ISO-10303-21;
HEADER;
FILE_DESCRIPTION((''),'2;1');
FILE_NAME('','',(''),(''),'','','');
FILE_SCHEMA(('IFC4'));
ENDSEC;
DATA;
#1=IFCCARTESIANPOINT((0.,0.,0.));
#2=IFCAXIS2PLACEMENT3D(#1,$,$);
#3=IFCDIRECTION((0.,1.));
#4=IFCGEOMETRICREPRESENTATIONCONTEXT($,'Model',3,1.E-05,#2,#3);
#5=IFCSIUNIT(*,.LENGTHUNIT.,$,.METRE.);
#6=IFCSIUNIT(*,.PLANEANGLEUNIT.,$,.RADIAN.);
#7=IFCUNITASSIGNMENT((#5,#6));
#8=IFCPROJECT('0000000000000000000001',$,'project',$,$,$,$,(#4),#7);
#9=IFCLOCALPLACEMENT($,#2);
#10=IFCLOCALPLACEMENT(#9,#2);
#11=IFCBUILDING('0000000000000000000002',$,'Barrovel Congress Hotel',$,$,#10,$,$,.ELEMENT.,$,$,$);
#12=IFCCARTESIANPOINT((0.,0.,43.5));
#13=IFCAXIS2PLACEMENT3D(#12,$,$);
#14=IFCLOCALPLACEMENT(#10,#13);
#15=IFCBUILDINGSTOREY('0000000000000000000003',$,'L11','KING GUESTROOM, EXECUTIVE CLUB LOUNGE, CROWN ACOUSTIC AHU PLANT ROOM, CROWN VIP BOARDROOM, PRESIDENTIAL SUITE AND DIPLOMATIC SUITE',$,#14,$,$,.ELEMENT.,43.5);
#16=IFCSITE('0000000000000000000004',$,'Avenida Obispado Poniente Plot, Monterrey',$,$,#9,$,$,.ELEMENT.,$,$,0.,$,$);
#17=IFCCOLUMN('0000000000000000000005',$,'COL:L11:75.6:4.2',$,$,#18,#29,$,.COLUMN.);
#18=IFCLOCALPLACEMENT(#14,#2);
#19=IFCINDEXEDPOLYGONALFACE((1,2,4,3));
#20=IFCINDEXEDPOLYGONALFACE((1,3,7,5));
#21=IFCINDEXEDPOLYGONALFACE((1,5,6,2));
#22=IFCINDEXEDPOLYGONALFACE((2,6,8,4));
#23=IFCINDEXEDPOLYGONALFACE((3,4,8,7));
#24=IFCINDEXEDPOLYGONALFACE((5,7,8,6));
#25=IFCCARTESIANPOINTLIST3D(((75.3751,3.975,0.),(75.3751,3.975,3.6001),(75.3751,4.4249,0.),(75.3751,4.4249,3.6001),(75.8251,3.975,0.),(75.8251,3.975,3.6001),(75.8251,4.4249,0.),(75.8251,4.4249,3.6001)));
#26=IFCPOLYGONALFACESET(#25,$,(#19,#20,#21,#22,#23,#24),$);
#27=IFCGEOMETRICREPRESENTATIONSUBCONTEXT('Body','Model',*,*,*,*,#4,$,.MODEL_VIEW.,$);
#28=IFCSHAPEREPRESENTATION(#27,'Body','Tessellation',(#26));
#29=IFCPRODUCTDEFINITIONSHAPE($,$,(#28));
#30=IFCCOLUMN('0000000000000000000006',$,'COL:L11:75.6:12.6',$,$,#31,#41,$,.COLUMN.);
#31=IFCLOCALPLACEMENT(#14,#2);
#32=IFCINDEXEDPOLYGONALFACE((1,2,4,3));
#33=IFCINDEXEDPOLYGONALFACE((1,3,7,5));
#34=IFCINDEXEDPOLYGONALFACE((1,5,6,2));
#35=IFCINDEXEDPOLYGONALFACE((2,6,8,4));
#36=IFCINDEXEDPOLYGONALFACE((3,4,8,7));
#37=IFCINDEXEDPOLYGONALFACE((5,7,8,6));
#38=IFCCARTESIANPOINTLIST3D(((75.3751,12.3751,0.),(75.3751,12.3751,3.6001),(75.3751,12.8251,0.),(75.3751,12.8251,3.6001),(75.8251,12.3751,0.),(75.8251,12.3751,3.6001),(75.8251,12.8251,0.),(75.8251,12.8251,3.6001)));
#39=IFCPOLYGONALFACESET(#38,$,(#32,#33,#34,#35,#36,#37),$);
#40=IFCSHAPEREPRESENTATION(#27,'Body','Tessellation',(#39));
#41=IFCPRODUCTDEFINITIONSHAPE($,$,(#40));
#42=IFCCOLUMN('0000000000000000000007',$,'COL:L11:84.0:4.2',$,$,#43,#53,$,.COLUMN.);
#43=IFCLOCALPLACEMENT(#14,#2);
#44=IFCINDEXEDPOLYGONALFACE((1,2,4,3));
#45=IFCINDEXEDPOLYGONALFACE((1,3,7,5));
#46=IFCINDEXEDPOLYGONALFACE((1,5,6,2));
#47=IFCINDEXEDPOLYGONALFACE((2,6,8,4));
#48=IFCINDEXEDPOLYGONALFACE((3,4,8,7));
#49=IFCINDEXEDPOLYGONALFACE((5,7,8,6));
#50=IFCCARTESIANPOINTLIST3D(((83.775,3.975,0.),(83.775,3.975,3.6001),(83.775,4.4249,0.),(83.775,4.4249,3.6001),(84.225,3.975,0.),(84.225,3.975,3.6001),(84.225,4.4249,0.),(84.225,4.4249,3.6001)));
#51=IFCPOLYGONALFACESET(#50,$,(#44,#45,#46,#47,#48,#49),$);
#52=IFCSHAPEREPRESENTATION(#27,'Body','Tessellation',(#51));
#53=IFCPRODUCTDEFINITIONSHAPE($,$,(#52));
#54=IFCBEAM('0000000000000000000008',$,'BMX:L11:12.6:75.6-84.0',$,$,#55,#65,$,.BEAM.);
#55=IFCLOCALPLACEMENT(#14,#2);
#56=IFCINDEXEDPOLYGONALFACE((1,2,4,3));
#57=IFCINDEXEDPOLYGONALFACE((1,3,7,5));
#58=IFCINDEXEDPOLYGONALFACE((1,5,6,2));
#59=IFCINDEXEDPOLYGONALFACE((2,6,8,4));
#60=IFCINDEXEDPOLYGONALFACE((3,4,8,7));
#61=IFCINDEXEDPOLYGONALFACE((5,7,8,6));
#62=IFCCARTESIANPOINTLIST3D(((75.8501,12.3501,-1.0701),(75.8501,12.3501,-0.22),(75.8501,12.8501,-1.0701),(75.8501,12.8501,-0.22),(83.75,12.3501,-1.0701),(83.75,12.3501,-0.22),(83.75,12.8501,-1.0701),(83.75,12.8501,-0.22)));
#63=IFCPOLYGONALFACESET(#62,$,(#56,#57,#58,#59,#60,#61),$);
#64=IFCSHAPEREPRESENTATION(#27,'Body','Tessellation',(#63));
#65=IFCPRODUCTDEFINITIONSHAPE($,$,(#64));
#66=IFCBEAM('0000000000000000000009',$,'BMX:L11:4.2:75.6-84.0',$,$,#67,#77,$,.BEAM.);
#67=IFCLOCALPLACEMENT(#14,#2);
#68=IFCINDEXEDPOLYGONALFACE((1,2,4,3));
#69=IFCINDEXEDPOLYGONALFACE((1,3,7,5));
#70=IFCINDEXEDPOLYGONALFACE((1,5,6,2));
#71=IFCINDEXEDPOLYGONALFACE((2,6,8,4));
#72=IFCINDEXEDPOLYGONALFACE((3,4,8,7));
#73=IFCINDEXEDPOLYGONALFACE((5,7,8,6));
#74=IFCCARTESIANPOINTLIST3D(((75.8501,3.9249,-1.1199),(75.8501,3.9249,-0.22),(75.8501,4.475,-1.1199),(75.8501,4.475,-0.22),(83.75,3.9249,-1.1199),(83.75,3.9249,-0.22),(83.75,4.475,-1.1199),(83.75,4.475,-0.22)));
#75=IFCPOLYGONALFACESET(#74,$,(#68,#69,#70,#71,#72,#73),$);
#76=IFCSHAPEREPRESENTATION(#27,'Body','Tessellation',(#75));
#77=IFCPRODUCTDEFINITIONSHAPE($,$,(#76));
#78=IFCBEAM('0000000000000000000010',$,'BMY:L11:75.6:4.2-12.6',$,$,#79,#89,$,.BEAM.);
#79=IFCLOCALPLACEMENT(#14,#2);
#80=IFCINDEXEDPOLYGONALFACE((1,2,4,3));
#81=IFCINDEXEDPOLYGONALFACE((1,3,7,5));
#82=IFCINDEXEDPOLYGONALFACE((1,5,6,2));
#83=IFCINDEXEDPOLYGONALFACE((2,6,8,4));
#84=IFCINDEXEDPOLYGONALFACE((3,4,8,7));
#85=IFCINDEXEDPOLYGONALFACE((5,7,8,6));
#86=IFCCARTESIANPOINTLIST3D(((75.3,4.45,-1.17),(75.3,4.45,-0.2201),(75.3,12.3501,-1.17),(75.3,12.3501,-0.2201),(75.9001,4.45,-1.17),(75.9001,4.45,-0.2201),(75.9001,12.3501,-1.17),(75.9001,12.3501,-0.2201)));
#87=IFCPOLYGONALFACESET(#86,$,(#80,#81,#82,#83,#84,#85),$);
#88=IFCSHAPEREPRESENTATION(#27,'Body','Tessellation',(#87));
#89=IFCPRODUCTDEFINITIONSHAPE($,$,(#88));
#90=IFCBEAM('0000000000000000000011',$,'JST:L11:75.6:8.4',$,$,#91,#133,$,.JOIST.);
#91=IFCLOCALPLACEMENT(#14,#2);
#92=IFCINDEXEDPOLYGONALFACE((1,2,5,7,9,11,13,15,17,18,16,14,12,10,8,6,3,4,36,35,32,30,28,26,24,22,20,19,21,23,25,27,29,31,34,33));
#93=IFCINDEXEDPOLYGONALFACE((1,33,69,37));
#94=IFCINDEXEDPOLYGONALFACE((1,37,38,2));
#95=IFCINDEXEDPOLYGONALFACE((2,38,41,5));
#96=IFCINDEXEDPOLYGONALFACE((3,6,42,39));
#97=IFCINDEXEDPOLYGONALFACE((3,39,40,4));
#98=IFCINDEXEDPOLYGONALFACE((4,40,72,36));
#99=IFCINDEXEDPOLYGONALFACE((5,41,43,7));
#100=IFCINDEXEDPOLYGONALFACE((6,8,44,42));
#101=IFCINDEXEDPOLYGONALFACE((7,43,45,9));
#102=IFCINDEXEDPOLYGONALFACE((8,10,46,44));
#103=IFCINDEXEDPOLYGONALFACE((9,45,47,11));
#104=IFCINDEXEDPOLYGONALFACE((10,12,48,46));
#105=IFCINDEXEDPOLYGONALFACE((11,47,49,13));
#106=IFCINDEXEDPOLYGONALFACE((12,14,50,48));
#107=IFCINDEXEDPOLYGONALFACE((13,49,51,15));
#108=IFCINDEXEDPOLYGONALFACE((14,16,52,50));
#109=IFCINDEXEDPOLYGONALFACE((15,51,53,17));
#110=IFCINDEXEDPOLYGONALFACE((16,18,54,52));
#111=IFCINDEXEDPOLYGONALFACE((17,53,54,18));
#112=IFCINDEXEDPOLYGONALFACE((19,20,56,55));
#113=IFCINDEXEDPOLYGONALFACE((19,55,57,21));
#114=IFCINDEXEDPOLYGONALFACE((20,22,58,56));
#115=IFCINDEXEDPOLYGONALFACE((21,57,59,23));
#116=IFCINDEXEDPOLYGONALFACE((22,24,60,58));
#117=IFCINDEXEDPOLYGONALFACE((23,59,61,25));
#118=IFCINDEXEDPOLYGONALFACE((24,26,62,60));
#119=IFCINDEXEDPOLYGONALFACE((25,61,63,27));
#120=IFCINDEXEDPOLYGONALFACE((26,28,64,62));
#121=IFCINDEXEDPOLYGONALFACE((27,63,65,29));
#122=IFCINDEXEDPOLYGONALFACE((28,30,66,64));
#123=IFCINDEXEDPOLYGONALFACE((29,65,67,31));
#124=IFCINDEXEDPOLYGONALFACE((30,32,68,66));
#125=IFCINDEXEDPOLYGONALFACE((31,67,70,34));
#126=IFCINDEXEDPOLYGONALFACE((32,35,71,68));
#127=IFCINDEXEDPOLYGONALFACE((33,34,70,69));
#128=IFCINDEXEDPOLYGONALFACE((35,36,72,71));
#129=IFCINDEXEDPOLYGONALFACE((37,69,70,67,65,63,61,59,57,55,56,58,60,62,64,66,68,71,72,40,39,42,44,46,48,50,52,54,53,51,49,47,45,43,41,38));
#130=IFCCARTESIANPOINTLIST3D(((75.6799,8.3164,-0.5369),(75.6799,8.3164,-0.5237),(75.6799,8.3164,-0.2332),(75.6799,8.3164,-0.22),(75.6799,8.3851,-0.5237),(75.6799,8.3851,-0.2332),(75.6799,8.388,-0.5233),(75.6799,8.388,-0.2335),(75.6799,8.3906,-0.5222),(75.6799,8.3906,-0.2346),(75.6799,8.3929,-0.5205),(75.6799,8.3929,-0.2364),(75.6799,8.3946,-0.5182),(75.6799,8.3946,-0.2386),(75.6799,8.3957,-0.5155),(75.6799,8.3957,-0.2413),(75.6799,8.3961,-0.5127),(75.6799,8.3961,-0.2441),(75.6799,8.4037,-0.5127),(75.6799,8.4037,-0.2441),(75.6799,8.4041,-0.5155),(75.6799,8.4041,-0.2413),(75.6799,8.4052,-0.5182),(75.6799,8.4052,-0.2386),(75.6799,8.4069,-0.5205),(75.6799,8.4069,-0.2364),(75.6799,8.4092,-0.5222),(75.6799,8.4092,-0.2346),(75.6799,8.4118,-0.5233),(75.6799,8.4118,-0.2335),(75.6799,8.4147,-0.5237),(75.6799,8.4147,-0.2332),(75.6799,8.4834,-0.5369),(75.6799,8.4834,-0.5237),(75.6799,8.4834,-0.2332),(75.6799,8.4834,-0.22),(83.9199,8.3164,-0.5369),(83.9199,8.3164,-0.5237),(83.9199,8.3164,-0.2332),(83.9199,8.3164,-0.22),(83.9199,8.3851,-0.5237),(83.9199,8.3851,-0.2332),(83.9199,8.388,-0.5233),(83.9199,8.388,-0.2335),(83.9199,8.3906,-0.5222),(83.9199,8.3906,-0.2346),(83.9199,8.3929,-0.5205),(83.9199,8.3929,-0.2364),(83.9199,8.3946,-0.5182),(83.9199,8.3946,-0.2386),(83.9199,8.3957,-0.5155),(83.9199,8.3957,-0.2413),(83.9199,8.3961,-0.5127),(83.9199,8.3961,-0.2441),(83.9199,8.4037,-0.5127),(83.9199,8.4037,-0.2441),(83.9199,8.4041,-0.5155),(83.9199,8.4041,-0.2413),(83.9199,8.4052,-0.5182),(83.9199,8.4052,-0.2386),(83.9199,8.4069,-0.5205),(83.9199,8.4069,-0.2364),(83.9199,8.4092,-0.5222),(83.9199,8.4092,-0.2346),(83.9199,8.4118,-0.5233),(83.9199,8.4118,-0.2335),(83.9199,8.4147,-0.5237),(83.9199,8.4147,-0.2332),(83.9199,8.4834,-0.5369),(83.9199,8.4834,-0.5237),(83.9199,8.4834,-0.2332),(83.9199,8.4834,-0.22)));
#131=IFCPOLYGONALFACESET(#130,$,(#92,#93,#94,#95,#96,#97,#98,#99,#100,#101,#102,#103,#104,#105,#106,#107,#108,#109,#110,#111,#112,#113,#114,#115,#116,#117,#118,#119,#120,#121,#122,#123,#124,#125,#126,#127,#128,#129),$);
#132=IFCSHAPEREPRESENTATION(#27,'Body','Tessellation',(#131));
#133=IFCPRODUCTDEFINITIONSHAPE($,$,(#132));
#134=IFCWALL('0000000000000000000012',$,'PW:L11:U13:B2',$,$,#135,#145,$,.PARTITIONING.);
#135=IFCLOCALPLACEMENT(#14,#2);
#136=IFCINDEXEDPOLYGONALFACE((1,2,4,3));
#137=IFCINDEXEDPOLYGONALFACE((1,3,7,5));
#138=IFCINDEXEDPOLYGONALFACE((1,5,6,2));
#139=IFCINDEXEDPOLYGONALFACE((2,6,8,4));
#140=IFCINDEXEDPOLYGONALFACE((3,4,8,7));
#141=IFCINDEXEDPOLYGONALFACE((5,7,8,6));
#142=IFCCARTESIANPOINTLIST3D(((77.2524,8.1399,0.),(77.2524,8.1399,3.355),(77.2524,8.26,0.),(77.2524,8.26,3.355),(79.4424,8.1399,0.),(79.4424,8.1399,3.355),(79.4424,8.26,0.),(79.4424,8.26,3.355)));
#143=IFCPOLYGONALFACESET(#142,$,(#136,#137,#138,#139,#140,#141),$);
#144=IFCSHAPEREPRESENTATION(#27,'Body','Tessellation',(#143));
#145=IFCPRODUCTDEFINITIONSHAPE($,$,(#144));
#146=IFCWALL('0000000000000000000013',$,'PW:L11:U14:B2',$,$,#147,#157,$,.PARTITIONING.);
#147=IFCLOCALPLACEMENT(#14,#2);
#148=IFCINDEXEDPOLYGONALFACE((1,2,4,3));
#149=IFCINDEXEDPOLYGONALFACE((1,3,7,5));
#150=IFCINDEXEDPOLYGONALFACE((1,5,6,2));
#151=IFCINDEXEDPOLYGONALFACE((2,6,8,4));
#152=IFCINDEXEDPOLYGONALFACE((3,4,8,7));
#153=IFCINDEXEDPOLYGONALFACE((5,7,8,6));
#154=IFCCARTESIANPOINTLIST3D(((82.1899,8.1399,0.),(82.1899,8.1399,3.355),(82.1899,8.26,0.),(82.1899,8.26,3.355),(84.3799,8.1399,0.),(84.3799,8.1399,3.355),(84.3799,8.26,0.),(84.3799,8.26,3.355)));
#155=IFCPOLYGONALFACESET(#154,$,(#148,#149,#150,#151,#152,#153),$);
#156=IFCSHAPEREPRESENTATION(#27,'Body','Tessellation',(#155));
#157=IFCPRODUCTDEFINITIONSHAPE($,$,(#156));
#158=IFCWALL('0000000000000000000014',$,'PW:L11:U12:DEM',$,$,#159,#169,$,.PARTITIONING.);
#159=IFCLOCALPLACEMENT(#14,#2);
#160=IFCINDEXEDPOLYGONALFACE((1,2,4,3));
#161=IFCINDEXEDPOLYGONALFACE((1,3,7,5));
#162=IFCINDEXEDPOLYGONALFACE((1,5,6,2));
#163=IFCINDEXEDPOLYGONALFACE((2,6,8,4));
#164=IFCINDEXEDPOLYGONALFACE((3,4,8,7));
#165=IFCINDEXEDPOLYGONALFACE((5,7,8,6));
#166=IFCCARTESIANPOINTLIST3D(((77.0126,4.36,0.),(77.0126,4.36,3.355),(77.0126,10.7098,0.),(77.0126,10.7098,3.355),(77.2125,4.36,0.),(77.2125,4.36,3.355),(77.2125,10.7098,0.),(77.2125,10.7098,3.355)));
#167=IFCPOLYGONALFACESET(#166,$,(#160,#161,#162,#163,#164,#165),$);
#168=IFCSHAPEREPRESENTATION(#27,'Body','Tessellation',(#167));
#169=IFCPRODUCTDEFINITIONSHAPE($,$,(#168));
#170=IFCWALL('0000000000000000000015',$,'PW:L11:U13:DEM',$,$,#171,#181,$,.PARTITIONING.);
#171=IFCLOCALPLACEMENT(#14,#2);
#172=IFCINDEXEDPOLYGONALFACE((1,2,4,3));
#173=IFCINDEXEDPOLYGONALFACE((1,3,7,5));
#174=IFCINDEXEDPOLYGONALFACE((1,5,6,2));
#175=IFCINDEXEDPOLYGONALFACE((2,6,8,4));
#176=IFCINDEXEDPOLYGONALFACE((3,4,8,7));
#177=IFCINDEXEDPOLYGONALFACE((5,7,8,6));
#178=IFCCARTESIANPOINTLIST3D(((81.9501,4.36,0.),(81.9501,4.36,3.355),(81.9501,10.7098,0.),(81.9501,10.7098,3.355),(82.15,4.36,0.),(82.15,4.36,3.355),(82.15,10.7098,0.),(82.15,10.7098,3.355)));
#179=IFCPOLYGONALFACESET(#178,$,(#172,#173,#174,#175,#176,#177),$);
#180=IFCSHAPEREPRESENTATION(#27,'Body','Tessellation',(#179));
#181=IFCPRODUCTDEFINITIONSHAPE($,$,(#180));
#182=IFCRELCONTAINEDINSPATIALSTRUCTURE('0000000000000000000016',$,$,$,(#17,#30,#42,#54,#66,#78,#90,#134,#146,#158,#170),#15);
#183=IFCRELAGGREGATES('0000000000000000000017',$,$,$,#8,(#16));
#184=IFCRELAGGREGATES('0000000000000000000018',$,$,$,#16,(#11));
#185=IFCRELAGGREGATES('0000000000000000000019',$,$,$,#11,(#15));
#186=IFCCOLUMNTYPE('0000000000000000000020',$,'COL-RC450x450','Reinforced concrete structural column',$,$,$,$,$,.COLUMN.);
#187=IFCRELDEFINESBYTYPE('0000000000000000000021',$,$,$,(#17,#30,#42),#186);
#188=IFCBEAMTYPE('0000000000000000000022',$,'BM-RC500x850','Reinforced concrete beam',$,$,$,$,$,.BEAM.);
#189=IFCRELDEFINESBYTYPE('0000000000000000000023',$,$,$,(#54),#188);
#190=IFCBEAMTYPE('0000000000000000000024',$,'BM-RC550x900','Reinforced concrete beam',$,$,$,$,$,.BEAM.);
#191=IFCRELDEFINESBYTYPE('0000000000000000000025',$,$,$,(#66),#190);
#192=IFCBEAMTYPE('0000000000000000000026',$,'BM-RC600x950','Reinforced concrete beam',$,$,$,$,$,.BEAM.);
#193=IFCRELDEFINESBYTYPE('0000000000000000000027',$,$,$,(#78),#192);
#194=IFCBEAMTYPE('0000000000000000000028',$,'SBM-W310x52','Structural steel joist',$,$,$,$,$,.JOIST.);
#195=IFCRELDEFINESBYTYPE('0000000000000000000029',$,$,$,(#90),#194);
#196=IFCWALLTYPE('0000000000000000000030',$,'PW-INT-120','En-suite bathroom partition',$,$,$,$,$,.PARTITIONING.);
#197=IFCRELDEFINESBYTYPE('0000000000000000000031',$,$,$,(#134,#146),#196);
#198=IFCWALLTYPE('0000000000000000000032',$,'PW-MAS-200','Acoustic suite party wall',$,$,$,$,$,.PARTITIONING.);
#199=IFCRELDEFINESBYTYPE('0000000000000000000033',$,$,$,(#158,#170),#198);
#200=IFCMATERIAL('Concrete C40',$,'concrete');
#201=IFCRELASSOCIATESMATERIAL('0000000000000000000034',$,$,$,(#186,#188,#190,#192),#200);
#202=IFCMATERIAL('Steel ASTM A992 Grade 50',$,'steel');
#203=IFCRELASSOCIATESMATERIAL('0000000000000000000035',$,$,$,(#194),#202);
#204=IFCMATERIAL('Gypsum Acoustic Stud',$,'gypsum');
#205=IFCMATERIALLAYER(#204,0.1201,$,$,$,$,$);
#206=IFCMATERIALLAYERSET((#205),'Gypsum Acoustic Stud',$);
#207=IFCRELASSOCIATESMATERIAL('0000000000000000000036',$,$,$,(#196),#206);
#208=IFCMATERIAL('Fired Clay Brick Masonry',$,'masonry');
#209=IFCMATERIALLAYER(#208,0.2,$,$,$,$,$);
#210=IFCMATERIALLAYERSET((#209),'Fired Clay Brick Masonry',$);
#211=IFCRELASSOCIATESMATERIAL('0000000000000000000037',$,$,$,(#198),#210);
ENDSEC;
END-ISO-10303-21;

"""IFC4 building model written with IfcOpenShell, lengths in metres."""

from ifc_helpers import new_model, si_unit, direction, frame, frame_2d, origin, origin_2d, place, context, subcontext, project, spatial, rectangle, i_section, extrude, material, layer, layer_set, material_profile, profile_set, type_object, element, save


model = new_model("IFC4")

# Units and contexts
model_context = context("Model", 3, precision=1e-05, world=origin(), true_north=direction((0.0, 1.0)))
body_context = subcontext(model_context, "Body", "Model", "MODEL_VIEW")
ifc_project = project(units=[si_unit("LENGTHUNIT", "METRE"), si_unit("PLANEANGLEUNIT", "RADIAN")], contexts=[model_context])

# Site, building, storey
site_placement = place(None, origin())
site = spatial("IfcSite", under=ifc_project, at=site_placement, Name="Avenida Obispado Poniente Plot, Monterrey", CompositionType="ELEMENT", RefElevation=0.0)
building_placement = place(site_placement, origin())
building = spatial("IfcBuilding", under=site, at=building_placement, Name="Barrovel Congress Hotel", CompositionType="ELEMENT")
storey_placement = place(building_placement, frame((0.0, 0.0, 43.5)))
storey = spatial("IfcBuildingStorey", under=building, at=storey_placement, Name="L11", Description="KING GUESTROOM, EXECUTIVE CLUB LOUNGE, CROWN ACOUSTIC AHU PLANT ROOM, CROWN VIP BOARDROOM, PRESIDENTIAL SUITE AND DIPLOMATIC SUITE", CompositionType="ELEMENT", Elevation=43.5)

# Columns
ifc_material_1 = material(Name="Concrete C40", Category="concrete")
ifc_material_profile_1 = material_profile(ifc_material_1, rectangle(XDim=0.45, YDim=0.45, at=origin_2d()), Name="RC450x450")
ifc_profile_set_1 = profile_set([ifc_material_profile_1], Name="Concrete C40")
column_type = type_object("IfcColumnType", Name="COL-RC450x450", Description="Reinforced concrete structural column", PredefinedType="COLUMN", material=ifc_profile_set_1)
for number, where, z_axis, x_axis, name in (
    (1, (75.6001, 4.2, 0.0), (0.0, 0.0, 1.0), (1.0, 0.0, 0.0), "COL:L11:75.6:4.2"),
    (2, (75.6001, 12.6001, 0.0), (0.0, 0.0, 1.0), (1.0, 0.0, 0.0), "COL:L11:75.6:12.6"),
    (3, (84.0, 4.2, 0.0), (0.0, 0.0, 1.0), (1.0, 0.0, 0.0), "COL:L11:84.0:4.2"),
):
    element("IfcColumn", number, at=place(storey_placement, frame(where, z_axis=z_axis, x_axis=x_axis)), inside=storey, type_object=column_type, Name=name, PredefinedType="COLUMN", context=body_context, shape_type="SweptSolid", body=[
        extrude(rectangle(XDim=0.45, YDim=0.45, at=origin_2d()), origin(), (0.0, 0.0, 1.0), 3.6001),
    ])

# Beams
ifc_material_profile_2 = material_profile(ifc_material_1, rectangle(XDim=0.5, YDim=0.8501, at=origin_2d()), Name="RC500x850")
ifc_profile_set_2 = profile_set([ifc_material_profile_2], Name="Concrete C40")
beam_type_1 = type_object("IfcBeamType", Name="BM-RC500x850", Description="Reinforced concrete beam", PredefinedType="BEAM", material=ifc_profile_set_2)
beam_1_placement = place(storey_placement, frame((75.8501, 12.6001, -0.645), z_axis=(1.0, 0.0, 0.0), x_axis=(0.0, 1.0, 0.0)))
element("IfcBeam", 4, at=beam_1_placement, inside=storey, type_object=beam_type_1, Name="BMX:L11:12.6:75.6-84.0", PredefinedType="BEAM", context=body_context, shape_type="SweptSolid", body=[
    extrude(rectangle(XDim=0.5, YDim=0.8501, at=origin_2d()), origin(), (0.0, 0.0, 1.0), 7.8999),
])
ifc_material_profile_3 = material_profile(ifc_material_1, rectangle(XDim=0.55, YDim=0.8999, at=origin_2d()), Name="RC550x900")
ifc_profile_set_3 = profile_set([ifc_material_profile_3], Name="Concrete C40")
beam_type_2 = type_object("IfcBeamType", Name="BM-RC550x900", Description="Reinforced concrete beam", PredefinedType="BEAM", material=ifc_profile_set_3)
beam_2_placement = place(storey_placement, frame((75.8501, 4.2, -0.6699), z_axis=(1.0, 0.0, 0.0), x_axis=(0.0, 1.0, 0.0)))
element("IfcBeam", 5, at=beam_2_placement, inside=storey, type_object=beam_type_2, Name="BMX:L11:4.2:75.6-84.0", PredefinedType="BEAM", context=body_context, shape_type="SweptSolid", body=[
    extrude(rectangle(XDim=0.55, YDim=0.8999, at=origin_2d()), origin(), (0.0, 0.0, 1.0), 7.8999),
])
ifc_material_profile_4 = material_profile(ifc_material_1, rectangle(XDim=0.6001, YDim=0.95, at=origin_2d()), Name="RC600x950")
ifc_profile_set_4 = profile_set([ifc_material_profile_4], Name="Concrete C40")
beam_type_3 = type_object("IfcBeamType", Name="BM-RC600x950", Description="Reinforced concrete beam", PredefinedType="BEAM", material=ifc_profile_set_4)
beam_3_placement = place(storey_placement, frame((75.6001, 4.45, -0.6951), z_axis=(0.0, 1.0, 0.0), x_axis=(-1.0, 0.0, 0.0)))
element("IfcBeam", 6, at=beam_3_placement, inside=storey, type_object=beam_type_3, Name="BMY:L11:75.6:4.2-12.6", PredefinedType="BEAM", context=body_context, shape_type="SweptSolid", body=[
    extrude(rectangle(XDim=0.6001, YDim=0.95, at=origin_2d()), origin(), (0.0, 0.0, 1.0), 7.9001),
])
ifc_material_2 = material(Name="Steel ASTM A992 Grade 50", Category="steel")
ifc_material_profile_5 = material_profile(ifc_material_2, i_section(OverallWidth=0.167, OverallDepth=0.3169, WebThickness=0.0076, FlangeThickness=0.0132, FilletRadius=0.011, at=origin_2d()), Name="W310x52")
ifc_profile_set_5 = profile_set([ifc_material_profile_5], Name="Steel ASTM A992 Grade 50")
beam_type_4 = type_object("IfcBeamType", Name="SBM-W310x52", Description="Structural steel joist", PredefinedType="JOIST", material=ifc_profile_set_5)
beam_4_placement = place(storey_placement, frame((75.6799, 8.3999, -0.3784), z_axis=(1.0, 0.0, 0.0), x_axis=(0.0, 1.0, 0.0)))
element("IfcBeam", 7, at=beam_4_placement, inside=storey, type_object=beam_type_4, Name="JST:L11:75.6:8.4", PredefinedType="JOIST", context=body_context, shape_type="SweptSolid", body=[
    extrude(i_section(OverallWidth=0.167, OverallDepth=0.3169, WebThickness=0.0076, FlangeThickness=0.0132, FilletRadius=0.011, at=origin_2d()), origin(), (0.0, 0.0, 1.0), 8.24),
])

# Shared definitions
ifc_material_3 = material(Name="Gypsum Acoustic Stud", Category="gypsum")

# Walls
ifc_layer_1 = layer(ifc_material_3, 0.1201)
ifc_layer_set_1 = layer_set([ifc_layer_1], Name="Gypsum Acoustic Stud")
wall_type_1 = type_object("IfcWallType", Name="PW-INT-120", Description="En-suite bathroom partition", PredefinedType="PARTITIONING", material=ifc_layer_set_1)
for number, where, z_axis, x_axis, name in (
    (8, (77.2524, 8.2, 0.0), (0.0, 0.0, 1.0), (1.0, 0.0, 0.0), "PW:L11:U13:B2"),
    (9, (82.1899, 8.2, 0.0), (0.0, 0.0, 1.0), (1.0, 0.0, 0.0), "PW:L11:U14:B2"),
):
    element("IfcWall", number, at=place(storey_placement, frame(where, z_axis=z_axis, x_axis=x_axis)), inside=storey, type_object=wall_type_1, Name=name, PredefinedType="PARTITIONING", context=body_context, shape_type="SweptSolid", body=[
        extrude(rectangle(XDim=2.1899, YDim=0.1201, at=frame_2d((1.095, 0.0))), origin(), (0.0, 0.0, 1.0), 3.355),
    ])
ifc_material_4 = material(Name="Fired Clay Brick Masonry", Category="masonry")
ifc_layer_2 = layer(ifc_material_4, 0.2)
ifc_layer_set_2 = layer_set([ifc_layer_2], Name="Fired Clay Brick Masonry")
wall_type_2 = type_object("IfcWallType", Name="PW-MAS-200", Description="Acoustic suite party wall", PredefinedType="PARTITIONING", material=ifc_layer_set_2)
for number, where, z_axis, x_axis, name in (
    (10, (77.1125, 4.3601, 0.0), (0.0, 0.0, 1.0), (0.0, 1.0, 0.0), "PW:L11:U12:DEM"),
    (11, (82.05, 4.3601, 0.0), (0.0, 0.0, 1.0), (0.0, 1.0, 0.0), "PW:L11:U13:DEM"),
):
    element("IfcWall", number, at=place(storey_placement, frame(where, z_axis=z_axis, x_axis=x_axis)), inside=storey, type_object=wall_type_2, Name=name, PredefinedType="PARTITIONING", context=body_context, shape_type="SweptSolid", body=[
        extrude(rectangle(XDim=6.3499, YDim=0.2, at=frame_2d((3.1748, 0.0))), origin(), (0.0, 0.0, 1.0), 3.355),
    ])

save(model, "model.ifc")
